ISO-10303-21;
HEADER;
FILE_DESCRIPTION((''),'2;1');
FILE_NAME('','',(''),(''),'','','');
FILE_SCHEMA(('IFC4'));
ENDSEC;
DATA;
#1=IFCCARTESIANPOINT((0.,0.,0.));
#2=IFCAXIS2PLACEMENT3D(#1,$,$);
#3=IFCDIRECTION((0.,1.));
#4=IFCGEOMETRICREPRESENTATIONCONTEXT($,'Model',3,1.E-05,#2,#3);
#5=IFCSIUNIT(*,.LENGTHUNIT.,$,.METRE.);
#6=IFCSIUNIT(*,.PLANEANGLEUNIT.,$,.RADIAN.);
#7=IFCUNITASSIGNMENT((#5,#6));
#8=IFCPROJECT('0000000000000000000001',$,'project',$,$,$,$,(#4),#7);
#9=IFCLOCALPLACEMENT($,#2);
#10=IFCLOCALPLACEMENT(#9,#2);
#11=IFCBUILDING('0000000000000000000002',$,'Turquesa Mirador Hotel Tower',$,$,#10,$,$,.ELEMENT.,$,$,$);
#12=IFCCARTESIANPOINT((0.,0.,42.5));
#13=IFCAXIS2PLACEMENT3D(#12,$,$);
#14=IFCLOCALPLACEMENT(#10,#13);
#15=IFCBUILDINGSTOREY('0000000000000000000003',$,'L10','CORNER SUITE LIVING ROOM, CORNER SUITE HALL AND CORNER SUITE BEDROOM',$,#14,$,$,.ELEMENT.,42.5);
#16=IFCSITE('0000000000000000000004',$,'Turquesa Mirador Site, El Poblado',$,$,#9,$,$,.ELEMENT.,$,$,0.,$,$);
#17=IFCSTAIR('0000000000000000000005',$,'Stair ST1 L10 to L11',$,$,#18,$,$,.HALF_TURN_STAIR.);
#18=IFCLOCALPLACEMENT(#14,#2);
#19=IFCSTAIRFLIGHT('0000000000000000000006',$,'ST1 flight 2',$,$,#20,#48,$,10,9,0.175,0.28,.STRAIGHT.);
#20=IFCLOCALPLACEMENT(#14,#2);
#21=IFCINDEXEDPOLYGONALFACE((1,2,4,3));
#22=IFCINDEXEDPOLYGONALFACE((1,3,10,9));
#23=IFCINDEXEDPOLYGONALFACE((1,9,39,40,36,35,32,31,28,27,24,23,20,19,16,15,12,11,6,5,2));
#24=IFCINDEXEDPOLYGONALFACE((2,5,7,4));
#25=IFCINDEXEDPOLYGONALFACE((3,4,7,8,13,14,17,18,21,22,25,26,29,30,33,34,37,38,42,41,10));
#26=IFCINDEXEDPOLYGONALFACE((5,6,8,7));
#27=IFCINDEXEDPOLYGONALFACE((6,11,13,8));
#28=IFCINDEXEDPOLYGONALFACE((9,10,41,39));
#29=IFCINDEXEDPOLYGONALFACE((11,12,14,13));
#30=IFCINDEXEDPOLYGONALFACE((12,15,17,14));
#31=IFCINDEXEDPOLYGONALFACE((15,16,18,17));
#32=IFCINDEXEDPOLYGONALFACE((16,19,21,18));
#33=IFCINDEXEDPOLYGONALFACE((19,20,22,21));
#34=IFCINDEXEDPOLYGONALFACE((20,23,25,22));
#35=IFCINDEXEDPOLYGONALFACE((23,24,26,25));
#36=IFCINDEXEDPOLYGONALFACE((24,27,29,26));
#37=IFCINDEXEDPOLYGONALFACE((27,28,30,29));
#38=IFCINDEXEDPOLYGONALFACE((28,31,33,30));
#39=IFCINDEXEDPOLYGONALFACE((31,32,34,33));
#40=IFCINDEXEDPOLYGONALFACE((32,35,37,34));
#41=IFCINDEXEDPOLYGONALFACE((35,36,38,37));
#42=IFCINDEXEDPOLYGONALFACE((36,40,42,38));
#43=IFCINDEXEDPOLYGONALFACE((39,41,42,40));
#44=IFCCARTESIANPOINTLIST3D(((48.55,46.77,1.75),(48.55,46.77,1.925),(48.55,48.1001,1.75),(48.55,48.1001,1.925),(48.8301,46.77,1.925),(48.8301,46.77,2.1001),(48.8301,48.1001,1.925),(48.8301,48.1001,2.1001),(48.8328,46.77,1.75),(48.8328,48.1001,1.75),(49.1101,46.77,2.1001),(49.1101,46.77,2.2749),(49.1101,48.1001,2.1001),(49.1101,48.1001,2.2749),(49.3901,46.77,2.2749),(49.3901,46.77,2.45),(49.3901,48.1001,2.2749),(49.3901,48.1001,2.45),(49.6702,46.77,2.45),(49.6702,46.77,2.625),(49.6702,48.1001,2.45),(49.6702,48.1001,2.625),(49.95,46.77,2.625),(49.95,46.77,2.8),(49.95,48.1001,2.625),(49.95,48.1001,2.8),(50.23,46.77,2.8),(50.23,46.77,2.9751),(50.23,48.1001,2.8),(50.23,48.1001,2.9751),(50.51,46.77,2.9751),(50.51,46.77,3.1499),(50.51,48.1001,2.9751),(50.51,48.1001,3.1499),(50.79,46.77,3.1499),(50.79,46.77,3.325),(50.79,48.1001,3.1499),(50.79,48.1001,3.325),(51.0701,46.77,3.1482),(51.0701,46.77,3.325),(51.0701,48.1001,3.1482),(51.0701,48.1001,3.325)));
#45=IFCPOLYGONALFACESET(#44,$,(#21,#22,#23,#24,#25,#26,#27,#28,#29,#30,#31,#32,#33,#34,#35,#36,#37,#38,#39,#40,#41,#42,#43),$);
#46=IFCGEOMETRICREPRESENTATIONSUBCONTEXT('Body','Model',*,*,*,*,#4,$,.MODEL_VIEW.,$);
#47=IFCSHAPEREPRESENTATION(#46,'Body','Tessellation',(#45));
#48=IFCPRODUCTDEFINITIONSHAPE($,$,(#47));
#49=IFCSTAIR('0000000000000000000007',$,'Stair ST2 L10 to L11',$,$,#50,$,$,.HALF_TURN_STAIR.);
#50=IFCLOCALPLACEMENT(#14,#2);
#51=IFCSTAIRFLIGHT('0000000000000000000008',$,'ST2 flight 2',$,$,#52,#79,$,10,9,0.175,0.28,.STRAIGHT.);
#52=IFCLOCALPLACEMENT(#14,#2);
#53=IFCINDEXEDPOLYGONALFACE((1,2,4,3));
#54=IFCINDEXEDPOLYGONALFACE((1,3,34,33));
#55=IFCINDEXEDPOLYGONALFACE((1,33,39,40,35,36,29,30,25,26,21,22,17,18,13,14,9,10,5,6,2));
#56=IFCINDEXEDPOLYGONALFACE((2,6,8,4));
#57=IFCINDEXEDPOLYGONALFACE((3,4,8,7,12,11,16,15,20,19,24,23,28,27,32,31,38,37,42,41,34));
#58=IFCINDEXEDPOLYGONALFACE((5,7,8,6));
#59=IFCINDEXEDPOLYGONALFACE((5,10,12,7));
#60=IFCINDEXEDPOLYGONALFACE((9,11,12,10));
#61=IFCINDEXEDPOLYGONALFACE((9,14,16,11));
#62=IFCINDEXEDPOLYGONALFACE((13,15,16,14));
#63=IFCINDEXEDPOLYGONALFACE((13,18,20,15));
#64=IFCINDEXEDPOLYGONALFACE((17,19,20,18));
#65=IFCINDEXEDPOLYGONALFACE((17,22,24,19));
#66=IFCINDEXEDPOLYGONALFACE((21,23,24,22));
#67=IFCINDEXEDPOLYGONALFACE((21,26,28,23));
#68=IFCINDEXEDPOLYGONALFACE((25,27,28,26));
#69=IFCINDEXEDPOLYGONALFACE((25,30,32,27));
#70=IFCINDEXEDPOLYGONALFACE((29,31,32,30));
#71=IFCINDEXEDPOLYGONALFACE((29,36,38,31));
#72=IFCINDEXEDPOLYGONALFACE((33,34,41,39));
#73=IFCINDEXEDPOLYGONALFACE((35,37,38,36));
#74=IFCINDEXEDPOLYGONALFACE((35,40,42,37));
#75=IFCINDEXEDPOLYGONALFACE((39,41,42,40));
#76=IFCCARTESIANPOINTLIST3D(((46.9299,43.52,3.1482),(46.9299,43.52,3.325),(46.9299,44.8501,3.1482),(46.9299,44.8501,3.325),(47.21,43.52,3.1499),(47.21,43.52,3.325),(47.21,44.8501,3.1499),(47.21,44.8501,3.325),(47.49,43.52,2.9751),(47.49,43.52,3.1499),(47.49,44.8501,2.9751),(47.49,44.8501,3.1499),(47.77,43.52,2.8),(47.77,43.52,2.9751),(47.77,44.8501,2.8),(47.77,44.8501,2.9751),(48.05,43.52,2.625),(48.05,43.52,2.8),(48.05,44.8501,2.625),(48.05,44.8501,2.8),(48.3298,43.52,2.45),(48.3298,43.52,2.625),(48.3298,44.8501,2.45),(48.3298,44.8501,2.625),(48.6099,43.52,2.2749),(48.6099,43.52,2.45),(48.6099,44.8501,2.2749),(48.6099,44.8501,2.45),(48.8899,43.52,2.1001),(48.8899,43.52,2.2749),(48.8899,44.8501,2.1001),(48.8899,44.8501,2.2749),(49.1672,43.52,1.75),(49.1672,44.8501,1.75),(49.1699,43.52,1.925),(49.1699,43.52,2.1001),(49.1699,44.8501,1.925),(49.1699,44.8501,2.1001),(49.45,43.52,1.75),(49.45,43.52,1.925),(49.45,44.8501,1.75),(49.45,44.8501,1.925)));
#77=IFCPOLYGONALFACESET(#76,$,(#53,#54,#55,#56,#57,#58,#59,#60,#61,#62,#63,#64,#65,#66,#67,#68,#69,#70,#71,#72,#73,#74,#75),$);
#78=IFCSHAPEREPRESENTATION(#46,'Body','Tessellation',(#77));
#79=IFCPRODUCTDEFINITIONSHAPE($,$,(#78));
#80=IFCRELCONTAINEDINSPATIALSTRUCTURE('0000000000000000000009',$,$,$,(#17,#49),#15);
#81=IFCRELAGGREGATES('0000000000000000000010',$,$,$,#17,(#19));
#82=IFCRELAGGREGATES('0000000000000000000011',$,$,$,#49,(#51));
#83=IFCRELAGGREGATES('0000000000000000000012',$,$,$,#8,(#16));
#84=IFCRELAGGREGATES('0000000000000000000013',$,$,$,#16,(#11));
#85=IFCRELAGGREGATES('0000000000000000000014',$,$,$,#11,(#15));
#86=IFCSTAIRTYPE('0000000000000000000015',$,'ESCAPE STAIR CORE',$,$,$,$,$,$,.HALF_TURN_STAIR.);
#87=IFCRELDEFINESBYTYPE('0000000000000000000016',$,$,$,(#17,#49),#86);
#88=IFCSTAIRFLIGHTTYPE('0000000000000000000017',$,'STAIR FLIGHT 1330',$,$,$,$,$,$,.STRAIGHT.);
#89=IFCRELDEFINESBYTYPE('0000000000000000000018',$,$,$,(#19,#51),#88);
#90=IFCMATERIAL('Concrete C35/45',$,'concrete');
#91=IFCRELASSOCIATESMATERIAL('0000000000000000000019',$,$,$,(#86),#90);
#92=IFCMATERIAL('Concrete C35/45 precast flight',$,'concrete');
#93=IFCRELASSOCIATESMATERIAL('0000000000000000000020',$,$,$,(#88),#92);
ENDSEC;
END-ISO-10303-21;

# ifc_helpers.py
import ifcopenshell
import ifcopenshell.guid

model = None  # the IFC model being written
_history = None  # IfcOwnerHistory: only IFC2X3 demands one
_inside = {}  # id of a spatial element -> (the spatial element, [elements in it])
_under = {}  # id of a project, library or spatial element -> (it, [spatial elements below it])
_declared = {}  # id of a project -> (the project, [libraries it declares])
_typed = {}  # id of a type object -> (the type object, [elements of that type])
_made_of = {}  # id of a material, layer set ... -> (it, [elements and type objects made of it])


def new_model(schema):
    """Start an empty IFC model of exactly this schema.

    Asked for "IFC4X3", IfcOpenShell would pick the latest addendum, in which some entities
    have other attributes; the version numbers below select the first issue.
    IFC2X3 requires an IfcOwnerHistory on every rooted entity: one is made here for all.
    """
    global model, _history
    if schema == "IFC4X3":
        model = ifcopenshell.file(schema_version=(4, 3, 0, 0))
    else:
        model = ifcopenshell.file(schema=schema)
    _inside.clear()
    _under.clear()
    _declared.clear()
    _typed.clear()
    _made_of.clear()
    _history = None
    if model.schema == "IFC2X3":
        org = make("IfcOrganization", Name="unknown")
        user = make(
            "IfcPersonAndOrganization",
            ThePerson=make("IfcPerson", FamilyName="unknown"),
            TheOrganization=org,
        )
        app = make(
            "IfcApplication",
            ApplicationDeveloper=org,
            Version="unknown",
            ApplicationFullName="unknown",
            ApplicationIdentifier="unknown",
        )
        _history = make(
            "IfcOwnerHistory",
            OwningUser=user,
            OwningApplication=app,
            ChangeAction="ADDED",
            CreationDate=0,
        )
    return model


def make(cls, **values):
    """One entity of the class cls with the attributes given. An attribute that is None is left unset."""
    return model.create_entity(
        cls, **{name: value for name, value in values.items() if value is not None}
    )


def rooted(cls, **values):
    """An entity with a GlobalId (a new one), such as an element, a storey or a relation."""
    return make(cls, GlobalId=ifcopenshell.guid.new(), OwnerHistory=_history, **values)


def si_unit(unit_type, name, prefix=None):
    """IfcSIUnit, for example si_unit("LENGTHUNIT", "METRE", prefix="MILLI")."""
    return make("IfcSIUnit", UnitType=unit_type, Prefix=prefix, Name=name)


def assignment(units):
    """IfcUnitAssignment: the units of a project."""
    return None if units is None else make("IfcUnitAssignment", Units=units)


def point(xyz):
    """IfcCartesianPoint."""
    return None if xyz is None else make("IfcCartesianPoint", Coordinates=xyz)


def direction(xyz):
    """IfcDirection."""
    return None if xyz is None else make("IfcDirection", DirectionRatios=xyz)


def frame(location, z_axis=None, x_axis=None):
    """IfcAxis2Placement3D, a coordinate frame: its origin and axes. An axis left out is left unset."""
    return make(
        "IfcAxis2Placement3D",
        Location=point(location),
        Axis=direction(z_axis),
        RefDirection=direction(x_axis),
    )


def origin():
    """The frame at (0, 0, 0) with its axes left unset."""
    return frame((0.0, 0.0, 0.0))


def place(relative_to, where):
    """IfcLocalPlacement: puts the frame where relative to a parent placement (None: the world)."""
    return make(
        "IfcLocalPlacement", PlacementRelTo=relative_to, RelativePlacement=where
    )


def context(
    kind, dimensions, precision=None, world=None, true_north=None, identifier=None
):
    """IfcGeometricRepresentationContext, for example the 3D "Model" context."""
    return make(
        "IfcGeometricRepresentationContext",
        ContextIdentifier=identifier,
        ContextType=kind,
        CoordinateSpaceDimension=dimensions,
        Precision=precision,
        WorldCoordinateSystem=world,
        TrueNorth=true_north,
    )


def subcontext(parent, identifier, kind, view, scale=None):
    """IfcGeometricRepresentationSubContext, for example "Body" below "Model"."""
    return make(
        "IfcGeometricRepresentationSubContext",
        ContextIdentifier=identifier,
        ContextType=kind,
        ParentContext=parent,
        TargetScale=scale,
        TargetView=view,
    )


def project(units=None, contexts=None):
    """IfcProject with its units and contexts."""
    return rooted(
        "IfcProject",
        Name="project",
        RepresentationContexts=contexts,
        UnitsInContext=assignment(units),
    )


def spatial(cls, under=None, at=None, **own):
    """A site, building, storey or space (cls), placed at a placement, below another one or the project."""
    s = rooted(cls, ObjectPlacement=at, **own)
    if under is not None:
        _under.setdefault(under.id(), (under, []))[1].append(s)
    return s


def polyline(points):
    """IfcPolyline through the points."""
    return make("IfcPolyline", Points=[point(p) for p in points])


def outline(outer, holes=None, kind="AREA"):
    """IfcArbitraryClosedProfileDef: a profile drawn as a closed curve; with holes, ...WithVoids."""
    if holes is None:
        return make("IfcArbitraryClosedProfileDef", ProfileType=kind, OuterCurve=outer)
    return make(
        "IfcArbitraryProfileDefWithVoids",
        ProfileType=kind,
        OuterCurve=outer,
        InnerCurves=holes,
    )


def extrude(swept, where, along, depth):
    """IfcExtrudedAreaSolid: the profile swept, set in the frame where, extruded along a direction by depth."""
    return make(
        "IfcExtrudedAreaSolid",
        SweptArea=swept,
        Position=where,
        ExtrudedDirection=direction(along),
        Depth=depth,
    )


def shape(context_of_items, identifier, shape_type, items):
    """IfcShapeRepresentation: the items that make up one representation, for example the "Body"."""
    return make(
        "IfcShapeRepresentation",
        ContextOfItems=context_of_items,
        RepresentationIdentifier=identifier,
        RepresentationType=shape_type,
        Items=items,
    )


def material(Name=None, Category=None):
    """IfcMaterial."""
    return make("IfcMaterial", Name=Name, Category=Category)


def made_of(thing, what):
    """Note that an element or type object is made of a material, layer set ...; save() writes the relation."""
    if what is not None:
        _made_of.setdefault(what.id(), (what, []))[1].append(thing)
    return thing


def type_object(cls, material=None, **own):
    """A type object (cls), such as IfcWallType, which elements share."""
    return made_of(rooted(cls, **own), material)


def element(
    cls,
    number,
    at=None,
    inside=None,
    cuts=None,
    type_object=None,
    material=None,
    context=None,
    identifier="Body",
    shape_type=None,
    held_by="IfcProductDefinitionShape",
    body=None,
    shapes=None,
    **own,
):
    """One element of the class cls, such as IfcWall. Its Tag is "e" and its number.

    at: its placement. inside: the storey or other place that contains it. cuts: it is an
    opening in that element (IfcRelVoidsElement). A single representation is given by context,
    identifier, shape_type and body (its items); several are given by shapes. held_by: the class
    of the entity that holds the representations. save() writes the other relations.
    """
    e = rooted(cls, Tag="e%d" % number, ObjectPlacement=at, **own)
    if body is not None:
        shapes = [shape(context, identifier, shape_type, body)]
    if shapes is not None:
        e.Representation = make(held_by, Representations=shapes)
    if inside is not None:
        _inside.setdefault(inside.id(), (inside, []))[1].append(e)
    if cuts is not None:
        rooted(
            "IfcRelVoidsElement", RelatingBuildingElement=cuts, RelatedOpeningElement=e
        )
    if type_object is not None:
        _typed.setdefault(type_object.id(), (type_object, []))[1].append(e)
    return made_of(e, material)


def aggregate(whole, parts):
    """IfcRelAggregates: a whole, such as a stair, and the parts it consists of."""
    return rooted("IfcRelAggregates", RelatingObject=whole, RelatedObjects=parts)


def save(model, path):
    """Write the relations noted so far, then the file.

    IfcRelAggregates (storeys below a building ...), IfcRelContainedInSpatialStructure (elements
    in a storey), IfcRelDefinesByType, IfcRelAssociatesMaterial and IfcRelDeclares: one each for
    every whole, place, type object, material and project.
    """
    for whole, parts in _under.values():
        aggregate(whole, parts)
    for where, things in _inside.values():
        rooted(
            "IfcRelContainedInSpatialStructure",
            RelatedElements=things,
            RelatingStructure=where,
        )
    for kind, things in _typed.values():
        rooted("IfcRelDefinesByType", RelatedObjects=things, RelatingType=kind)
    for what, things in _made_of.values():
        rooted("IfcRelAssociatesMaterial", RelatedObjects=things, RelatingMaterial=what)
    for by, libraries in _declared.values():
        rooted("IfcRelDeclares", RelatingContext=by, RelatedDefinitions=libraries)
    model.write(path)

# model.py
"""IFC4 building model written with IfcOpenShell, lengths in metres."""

from ifc_helpers import new_model, si_unit, direction, frame, origin, place, context, subcontext, project, spatial, polyline, outline, extrude, material, type_object, element, aggregate, save


model = new_model("IFC4")

# Units and contexts
model_context = context("Model", 3, precision=1e-05, world=origin(), true_north=direction((0.0, 1.0)))
body_context = subcontext(model_context, "Body", "Model", "MODEL_VIEW")
ifc_project = project(units=[si_unit("LENGTHUNIT", "METRE"), si_unit("PLANEANGLEUNIT", "RADIAN")], contexts=[model_context])

# Site, building, storey
site_placement = place(None, origin())
site = spatial("IfcSite", under=ifc_project, at=site_placement, Name="Turquesa Mirador Site, El Poblado", CompositionType="ELEMENT", RefElevation=0.0)
building_placement = place(site_placement, origin())
building = spatial("IfcBuilding", under=site, at=building_placement, Name="Turquesa Mirador Hotel Tower", CompositionType="ELEMENT")
storey_placement = place(building_placement, frame((0.0, 0.0, 42.5)))
storey = spatial("IfcBuildingStorey", under=building, at=storey_placement, Name="L10", Description="CORNER SUITE LIVING ROOM, CORNER SUITE HALL AND CORNER SUITE BEDROOM", CompositionType="ELEMENT", Elevation=42.5)

# Stair, stair flight
ifc_material_1 = material(Name="Concrete C35/45", Category="concrete")
stair_type = type_object("IfcStairType", Name="ESCAPE STAIR CORE", PredefinedType="HALF_TURN_STAIR", material=ifc_material_1)
stair_1_placement = place(storey_placement, origin())
stair_1 = element("IfcStair", 1, at=stair_1_placement, inside=storey, type_object=stair_type, Name="Stair ST1 L10 to L11", PredefinedType="HALF_TURN_STAIR")
ifc_material_2 = material(Name="Concrete C35/45 precast flight", Category="concrete")
stair_flight_type = type_object("IfcStairFlightType", Name="STAIR FLIGHT 1330", PredefinedType="STRAIGHT", material=ifc_material_2)
stair_flight_1_placement = place(storey_placement, frame((48.55, 47.4351, 1.75), z_axis=(0.0, 0.0, 1.0), x_axis=(1.0, 0.0, 0.0)))
stair_flight_1 = element("IfcStairFlight", 2, at=stair_flight_1_placement, type_object=stair_flight_type, Name="ST1 flight 2", NumberOfRisers=10, NumberOfTreads=9, PredefinedType="STRAIGHT", RiserHeight=0.175, TreadLength=0.28, context=body_context, shape_type="SweptSolid", body=[
    extrude(outline(polyline([(0.0, 0.0), (0.0, 0.175), (0.28, 0.175), (0.28, 0.3501), (0.5601, 0.3501), (0.5601, 0.5249), (0.8401, 0.5249), (0.8401, 0.7), (1.1201, 0.7), (1.1201, 0.875), (1.3999, 0.875), (1.3999, 1.05), (1.6799, 1.05), (1.6799, 1.2251), (1.96, 1.2251), (1.96, 1.3999), (2.24, 1.3999), (2.24, 1.575), (2.52, 1.575), (2.52, 1.75), (2.52, 1.3982), (0.2827, 0.0), (0.0, 0.0)])), frame((0.0, 0.665, 0.0), z_axis=(0.0, -1.0, 0.0), x_axis=(1.0, 0.0, 0.0)), (0.0, 0.0, 1.0), 1.3301),
])
aggregate(stair_1, [stair_flight_1])

# Stair, stair flight
stair_2_placement = place(storey_placement, origin())
stair_2 = element("IfcStair", 3, at=stair_2_placement, inside=storey, type_object=stair_type, Name="Stair ST2 L10 to L11", PredefinedType="HALF_TURN_STAIR")
stair_flight_2_placement = place(storey_placement, frame((49.45, 44.1851, 1.75), z_axis=(0.0, 0.0, 1.0), x_axis=(-1.0, 0.0, 0.0)))
stair_flight_2 = element("IfcStairFlight", 4, at=stair_flight_2_placement, type_object=stair_flight_type, Name="ST2 flight 2", NumberOfRisers=10, NumberOfTreads=9, PredefinedType="STRAIGHT", RiserHeight=0.175, TreadLength=0.28, context=body_context, shape_type="SweptSolid", body=[
    extrude(outline(polyline([(0.0, 0.0), (0.0, 0.175), (0.28, 0.175), (0.28, 0.3501), (0.5601, 0.3501), (0.5601, 0.5249), (0.8401, 0.5249), (0.8401, 0.7), (1.1201, 0.7), (1.1201, 0.875), (1.3999, 0.875), (1.3999, 1.05), (1.6799, 1.05), (1.6799, 1.2251), (1.96, 1.2251), (1.96, 1.3999), (2.24, 1.3999), (2.24, 1.575), (2.52, 1.575), (2.52, 1.75), (2.52, 1.3982), (0.2827, 0.0), (0.0, 0.0)])), frame((0.0, 0.665, 0.0), z_axis=(0.0, -1.0, 0.0), x_axis=(1.0, 0.0, 0.0)), (0.0, 0.0, 1.0), 1.3301),
])
aggregate(stair_2, [stair_flight_2])

save(model, "model.ifc")
